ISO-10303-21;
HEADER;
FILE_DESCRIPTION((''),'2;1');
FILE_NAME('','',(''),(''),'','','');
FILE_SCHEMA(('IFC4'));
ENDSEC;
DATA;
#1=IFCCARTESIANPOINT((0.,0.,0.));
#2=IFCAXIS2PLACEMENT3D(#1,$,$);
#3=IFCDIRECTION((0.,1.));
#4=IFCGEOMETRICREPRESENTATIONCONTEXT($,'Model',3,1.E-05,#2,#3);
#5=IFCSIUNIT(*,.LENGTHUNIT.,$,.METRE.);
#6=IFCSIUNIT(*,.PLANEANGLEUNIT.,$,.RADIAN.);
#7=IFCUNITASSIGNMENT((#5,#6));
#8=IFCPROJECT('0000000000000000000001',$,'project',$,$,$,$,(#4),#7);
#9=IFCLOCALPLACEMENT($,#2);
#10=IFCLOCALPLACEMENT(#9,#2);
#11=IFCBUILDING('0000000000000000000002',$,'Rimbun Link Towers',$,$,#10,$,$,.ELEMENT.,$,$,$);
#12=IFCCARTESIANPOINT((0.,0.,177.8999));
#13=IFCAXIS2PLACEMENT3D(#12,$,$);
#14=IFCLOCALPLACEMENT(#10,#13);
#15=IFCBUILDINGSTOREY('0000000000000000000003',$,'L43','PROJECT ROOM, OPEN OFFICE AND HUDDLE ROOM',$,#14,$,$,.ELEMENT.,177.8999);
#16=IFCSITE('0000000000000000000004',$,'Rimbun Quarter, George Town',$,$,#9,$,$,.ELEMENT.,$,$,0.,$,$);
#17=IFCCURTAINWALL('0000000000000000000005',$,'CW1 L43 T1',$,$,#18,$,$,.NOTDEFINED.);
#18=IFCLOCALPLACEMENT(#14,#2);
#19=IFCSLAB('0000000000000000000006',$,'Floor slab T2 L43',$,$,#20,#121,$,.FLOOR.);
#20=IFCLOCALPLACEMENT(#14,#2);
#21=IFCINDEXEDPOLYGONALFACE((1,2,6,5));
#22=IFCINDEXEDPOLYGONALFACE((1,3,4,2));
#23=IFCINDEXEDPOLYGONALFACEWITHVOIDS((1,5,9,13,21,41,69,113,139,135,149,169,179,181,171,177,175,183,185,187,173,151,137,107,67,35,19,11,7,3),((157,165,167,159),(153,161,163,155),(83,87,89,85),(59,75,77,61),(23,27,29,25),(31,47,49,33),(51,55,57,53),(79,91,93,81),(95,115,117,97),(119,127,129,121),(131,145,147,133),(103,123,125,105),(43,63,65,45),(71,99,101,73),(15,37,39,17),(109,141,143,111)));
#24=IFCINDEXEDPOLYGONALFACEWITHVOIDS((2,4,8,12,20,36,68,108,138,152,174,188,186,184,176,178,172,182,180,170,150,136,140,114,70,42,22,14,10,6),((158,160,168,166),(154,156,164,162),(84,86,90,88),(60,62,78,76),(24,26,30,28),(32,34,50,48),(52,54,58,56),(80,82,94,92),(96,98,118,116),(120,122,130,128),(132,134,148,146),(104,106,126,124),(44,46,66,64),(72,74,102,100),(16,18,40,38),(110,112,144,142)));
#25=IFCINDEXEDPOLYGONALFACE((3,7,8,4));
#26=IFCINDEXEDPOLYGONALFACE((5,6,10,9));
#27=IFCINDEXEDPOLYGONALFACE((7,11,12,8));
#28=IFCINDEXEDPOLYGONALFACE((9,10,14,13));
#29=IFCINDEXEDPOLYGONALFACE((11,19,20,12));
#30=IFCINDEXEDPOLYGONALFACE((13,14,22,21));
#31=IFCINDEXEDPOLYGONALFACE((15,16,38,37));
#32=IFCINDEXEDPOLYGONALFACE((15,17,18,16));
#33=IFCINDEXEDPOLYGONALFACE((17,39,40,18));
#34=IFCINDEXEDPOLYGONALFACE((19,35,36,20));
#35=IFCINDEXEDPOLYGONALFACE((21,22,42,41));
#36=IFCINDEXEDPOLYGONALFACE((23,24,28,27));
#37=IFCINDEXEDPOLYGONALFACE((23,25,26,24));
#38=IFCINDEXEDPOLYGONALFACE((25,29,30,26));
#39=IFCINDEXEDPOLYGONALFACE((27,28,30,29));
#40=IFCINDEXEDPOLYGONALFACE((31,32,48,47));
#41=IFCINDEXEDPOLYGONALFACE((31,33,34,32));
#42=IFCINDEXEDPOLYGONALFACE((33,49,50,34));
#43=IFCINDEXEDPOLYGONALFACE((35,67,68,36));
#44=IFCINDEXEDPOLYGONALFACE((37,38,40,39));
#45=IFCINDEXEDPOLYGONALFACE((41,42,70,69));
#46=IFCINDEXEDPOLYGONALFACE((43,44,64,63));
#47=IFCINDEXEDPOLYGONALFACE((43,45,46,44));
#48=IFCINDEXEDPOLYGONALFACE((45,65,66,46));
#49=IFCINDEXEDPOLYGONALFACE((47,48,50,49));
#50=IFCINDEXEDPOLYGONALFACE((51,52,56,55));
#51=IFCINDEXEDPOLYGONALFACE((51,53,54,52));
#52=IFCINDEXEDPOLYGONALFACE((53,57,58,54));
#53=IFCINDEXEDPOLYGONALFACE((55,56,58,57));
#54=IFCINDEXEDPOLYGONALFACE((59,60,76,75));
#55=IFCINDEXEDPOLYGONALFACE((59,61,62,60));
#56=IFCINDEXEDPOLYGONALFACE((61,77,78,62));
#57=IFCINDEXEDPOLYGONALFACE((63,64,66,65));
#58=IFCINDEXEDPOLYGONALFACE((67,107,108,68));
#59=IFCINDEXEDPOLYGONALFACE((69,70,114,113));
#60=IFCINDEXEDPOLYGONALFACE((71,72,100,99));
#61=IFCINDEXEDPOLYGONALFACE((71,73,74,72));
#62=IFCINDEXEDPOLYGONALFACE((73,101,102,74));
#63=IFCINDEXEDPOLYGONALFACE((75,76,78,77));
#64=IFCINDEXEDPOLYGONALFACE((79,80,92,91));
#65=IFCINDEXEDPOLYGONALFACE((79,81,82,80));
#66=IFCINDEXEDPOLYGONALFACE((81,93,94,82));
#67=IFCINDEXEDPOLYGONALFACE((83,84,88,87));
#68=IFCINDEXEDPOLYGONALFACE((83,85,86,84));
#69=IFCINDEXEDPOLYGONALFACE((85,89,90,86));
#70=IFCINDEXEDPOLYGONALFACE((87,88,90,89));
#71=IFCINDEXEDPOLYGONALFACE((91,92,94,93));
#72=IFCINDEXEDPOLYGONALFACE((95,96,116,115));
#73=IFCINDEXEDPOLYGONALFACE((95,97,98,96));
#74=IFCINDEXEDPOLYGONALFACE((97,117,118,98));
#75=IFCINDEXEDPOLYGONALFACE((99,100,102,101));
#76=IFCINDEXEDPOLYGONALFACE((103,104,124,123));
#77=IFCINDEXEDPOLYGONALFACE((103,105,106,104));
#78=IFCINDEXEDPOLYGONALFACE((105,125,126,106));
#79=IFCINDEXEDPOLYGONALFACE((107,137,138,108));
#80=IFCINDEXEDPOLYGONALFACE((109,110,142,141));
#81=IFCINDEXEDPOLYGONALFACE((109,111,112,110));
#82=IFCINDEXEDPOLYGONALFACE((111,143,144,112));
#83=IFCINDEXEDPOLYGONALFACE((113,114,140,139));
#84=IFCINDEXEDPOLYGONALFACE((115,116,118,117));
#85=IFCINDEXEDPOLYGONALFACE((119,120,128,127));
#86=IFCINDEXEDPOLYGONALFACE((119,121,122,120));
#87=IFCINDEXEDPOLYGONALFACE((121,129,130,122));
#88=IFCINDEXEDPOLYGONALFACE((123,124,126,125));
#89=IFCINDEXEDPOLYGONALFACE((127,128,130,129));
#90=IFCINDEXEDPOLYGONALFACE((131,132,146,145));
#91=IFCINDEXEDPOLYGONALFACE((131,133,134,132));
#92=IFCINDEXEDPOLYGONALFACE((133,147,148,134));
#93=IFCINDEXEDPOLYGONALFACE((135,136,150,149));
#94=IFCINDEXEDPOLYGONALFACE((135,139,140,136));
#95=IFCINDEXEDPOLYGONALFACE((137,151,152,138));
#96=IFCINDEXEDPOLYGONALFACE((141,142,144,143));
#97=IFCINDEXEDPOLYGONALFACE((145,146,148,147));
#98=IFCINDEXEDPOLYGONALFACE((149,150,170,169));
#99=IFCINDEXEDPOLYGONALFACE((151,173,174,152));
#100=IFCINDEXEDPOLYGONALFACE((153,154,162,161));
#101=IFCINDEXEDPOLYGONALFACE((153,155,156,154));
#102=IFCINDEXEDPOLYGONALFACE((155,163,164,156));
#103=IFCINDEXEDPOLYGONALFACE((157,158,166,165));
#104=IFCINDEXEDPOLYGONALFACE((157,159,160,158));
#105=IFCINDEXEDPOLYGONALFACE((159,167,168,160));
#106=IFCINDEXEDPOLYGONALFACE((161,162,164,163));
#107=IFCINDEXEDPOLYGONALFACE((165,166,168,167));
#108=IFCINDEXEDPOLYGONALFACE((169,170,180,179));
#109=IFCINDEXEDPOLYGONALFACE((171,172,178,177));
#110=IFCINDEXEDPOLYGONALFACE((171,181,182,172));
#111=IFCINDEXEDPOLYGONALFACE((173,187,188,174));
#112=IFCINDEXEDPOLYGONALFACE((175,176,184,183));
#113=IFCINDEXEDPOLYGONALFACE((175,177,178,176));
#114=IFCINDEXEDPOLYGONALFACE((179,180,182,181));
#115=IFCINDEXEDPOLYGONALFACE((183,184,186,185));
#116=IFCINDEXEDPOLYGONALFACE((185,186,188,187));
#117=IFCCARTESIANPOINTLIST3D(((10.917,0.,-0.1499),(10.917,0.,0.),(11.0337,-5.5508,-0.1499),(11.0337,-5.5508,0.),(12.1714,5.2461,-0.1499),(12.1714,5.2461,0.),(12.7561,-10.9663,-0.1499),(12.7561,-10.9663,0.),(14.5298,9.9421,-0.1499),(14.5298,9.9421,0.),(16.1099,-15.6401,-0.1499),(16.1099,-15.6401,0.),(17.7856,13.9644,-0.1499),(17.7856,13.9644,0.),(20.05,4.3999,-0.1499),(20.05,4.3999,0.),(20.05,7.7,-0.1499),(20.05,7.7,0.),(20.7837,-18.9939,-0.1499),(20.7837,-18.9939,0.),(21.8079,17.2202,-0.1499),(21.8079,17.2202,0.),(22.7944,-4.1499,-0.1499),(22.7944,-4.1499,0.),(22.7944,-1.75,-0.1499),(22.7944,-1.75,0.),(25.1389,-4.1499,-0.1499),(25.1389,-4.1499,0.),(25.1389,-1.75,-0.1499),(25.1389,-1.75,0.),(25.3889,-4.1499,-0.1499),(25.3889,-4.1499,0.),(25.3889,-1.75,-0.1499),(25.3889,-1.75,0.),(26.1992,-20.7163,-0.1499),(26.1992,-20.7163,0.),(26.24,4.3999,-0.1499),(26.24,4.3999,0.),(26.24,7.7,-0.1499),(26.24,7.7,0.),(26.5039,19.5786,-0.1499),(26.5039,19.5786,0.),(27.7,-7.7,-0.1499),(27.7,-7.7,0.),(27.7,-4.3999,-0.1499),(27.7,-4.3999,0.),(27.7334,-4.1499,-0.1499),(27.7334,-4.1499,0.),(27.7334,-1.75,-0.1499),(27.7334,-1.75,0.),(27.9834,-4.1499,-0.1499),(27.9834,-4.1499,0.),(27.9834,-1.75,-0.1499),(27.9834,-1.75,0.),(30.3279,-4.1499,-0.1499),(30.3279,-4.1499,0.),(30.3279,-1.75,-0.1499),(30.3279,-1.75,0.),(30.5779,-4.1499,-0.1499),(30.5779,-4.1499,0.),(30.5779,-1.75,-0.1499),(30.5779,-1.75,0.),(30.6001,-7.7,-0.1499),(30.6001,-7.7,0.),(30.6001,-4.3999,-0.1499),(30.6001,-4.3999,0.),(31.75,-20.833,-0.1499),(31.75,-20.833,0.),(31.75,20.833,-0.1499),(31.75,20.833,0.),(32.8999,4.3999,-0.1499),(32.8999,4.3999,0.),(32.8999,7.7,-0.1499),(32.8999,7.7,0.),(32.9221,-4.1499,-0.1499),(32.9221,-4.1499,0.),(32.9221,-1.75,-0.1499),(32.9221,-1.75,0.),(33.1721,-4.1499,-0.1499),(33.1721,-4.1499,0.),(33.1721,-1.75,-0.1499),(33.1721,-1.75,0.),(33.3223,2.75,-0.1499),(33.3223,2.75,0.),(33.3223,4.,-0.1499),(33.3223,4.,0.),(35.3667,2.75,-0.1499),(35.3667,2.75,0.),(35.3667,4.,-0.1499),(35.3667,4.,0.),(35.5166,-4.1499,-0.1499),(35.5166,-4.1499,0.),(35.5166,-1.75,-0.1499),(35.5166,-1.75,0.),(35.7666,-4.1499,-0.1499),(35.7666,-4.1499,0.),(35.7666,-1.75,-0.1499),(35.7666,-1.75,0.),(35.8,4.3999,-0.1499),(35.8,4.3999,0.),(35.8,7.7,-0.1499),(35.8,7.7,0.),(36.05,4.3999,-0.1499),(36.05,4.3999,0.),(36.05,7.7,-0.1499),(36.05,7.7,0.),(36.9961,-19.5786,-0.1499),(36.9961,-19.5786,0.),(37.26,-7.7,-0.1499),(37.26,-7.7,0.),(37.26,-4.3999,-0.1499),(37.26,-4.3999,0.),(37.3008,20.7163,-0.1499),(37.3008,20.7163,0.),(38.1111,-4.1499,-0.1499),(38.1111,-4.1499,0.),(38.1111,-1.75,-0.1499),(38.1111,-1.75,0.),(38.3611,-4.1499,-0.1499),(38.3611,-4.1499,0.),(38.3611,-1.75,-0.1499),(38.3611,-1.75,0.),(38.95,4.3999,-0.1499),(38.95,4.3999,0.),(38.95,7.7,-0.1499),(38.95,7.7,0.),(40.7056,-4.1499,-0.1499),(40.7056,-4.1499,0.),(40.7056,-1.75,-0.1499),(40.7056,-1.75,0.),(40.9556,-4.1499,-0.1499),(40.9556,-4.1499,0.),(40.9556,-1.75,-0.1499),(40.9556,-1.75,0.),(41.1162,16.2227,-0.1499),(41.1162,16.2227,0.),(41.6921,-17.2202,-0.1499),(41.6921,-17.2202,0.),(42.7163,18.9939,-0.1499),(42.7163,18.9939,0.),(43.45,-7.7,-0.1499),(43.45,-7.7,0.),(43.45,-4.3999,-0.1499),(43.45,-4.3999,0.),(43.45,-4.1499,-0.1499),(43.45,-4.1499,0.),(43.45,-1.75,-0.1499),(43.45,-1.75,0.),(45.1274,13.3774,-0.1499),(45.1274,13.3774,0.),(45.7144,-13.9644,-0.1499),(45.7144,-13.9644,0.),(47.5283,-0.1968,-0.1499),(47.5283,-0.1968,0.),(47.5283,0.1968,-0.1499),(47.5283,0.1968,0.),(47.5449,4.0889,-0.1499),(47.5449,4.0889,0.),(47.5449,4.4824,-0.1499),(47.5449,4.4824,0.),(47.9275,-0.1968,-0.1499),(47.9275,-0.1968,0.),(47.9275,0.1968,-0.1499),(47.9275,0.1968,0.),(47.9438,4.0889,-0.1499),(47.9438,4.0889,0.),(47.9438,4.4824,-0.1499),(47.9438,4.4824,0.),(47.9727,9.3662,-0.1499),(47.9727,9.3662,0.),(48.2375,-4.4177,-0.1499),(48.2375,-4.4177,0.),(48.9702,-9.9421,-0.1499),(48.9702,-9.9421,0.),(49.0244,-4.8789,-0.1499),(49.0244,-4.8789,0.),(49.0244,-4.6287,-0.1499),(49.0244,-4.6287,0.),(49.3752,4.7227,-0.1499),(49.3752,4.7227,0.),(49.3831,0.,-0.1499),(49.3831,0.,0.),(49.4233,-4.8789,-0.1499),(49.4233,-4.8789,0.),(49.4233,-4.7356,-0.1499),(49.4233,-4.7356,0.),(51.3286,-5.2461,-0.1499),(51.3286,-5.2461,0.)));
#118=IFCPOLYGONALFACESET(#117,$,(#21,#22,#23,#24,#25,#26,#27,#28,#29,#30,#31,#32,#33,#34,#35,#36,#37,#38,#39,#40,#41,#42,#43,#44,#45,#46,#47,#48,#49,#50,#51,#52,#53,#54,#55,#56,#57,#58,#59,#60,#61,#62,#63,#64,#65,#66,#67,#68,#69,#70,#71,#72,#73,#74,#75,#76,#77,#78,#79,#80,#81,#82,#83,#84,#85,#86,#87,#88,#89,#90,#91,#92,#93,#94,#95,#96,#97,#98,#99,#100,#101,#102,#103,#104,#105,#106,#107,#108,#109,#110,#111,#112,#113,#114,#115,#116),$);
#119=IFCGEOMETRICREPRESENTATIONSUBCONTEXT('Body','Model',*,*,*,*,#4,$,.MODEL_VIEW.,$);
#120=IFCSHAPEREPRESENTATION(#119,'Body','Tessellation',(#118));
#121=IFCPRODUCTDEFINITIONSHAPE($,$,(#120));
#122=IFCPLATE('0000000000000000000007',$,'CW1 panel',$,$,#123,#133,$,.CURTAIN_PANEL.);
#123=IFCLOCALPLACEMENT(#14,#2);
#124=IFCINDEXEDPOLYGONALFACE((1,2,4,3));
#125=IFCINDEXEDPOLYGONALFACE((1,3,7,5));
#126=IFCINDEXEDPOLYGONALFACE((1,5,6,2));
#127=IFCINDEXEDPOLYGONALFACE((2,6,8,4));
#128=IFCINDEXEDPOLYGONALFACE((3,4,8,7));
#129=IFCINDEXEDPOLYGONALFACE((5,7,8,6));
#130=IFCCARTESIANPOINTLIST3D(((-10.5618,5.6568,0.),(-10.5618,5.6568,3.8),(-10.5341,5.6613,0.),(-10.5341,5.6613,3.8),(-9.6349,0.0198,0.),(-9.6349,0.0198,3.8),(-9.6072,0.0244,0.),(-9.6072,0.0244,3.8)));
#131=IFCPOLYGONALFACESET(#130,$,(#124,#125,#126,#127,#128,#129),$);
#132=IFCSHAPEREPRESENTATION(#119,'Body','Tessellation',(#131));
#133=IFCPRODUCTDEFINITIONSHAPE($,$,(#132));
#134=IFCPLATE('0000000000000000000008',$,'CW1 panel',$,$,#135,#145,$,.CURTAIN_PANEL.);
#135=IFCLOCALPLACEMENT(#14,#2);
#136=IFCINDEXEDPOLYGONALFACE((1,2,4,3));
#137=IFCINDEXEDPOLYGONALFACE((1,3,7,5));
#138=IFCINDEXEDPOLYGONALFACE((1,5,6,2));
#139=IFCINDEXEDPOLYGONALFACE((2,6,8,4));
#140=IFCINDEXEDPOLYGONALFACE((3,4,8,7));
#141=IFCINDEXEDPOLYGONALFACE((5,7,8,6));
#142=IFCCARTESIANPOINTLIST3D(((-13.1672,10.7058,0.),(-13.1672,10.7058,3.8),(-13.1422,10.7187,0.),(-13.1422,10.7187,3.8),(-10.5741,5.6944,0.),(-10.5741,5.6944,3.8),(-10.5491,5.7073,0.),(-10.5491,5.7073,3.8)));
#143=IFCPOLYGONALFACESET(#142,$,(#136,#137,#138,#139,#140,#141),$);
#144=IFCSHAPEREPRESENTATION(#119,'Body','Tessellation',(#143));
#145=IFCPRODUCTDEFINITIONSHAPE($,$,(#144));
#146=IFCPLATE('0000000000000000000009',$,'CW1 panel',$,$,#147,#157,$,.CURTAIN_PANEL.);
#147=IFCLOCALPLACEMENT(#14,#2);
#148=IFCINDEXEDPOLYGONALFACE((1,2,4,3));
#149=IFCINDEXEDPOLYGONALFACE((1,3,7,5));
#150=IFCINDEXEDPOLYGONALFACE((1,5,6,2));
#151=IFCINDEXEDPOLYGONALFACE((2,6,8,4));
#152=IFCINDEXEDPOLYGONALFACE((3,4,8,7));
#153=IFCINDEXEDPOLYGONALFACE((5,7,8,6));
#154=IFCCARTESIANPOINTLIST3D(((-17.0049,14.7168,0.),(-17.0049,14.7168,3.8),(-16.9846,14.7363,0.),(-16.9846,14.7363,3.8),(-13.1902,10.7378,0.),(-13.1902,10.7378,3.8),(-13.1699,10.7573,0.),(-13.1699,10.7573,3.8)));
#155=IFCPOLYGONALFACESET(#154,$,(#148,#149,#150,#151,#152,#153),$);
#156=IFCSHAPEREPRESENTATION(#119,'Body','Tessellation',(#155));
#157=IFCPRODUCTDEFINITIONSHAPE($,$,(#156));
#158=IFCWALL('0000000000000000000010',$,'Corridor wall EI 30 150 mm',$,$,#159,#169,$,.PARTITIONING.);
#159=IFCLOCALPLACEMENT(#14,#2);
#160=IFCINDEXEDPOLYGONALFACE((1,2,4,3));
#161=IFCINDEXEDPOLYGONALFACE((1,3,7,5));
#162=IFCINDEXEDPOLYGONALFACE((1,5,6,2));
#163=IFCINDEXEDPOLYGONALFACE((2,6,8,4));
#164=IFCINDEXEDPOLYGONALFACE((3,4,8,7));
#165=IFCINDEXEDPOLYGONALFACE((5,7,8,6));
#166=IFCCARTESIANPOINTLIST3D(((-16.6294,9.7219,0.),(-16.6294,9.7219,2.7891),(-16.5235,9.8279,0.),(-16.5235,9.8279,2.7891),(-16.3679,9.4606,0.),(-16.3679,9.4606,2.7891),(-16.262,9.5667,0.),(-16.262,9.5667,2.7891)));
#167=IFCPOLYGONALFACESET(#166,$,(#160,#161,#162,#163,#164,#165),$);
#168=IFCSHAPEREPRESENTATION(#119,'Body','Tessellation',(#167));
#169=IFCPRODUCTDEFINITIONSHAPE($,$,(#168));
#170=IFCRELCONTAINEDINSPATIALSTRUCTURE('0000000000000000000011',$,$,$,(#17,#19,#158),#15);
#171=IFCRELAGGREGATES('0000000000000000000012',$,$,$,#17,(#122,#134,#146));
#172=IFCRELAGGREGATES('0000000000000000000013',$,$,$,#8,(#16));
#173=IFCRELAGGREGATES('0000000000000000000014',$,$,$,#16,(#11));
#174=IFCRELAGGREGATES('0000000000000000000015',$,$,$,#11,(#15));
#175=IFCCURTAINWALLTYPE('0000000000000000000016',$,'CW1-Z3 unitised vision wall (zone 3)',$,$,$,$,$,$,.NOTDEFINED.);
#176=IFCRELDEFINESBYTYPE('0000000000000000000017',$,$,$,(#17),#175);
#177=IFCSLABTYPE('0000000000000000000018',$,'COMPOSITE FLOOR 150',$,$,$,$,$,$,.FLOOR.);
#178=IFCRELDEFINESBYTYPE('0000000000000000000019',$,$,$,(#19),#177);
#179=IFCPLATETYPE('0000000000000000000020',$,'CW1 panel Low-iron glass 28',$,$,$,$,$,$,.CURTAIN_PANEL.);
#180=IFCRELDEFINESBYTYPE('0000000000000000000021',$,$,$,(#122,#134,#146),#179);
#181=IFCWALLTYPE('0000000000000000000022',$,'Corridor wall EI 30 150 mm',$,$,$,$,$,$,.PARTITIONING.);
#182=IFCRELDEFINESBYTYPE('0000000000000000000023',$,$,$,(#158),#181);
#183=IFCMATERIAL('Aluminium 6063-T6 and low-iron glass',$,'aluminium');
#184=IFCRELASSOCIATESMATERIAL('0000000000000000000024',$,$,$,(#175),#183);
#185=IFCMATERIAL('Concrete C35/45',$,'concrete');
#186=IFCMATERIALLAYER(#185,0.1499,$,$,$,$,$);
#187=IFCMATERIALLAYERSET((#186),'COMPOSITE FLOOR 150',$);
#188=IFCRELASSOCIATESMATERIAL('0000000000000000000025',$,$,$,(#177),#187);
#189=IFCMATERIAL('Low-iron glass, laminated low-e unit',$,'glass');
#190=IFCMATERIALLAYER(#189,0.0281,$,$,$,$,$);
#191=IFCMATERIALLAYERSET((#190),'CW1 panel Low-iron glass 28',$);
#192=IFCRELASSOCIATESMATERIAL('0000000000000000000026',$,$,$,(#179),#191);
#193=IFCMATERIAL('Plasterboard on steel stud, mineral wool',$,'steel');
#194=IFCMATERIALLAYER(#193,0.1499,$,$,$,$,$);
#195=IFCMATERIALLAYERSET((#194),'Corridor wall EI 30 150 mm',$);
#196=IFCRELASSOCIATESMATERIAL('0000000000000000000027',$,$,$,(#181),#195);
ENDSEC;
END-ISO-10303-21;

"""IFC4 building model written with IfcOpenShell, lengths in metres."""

from ifc_helpers import new_model, si_unit, direction, frame, frame_2d, origin, origin_2d, place, context, subcontext, project, spatial, polyline, rectangle, outline, extrude, material, layer, layer_set, type_object, element, aggregate, save


model = new_model("IFC4")

# Units and contexts
model_context = context("Model", 3, precision=1e-05, world=origin(), true_north=direction((0.0, 1.0)))
body_context = subcontext(model_context, "Body", "Model", "MODEL_VIEW")
ifc_project = project(units=[si_unit("LENGTHUNIT", "METRE"), si_unit("PLANEANGLEUNIT", "RADIAN")], contexts=[model_context])

# Site, building, storey
site_placement = place(None, origin())
site = spatial("IfcSite", under=ifc_project, at=site_placement, Name="Rimbun Quarter, George Town", CompositionType="ELEMENT", RefElevation=0.0)
building_placement = place(site_placement, origin())
building = spatial("IfcBuilding", under=site, at=building_placement, Name="Rimbun Link Towers", CompositionType="ELEMENT")
storey_placement = place(building_placement, frame((0.0, 0.0, 177.8999)))
storey = spatial("IfcBuildingStorey", under=building, at=storey_placement, Name="L43", Description="PROJECT ROOM, OPEN OFFICE AND HUDDLE ROOM", CompositionType="ELEMENT", Elevation=177.8999)

# Curtain wall
ifc_material_1 = material(Name="Aluminium 6063-T6 and low-iron glass", Category="aluminium")
curtain_wall_type = type_object("IfcCurtainWallType", Name="CW1-Z3 unitised vision wall (zone 3)", PredefinedType="NOTDEFINED", material=ifc_material_1)
curtain_wall_placement = place(storey_placement, origin())
curtain_wall = element("IfcCurtainWall", 1, at=curtain_wall_placement, inside=storey, type_object=curtain_wall_type, Name="CW1 L43 T1", PredefinedType="NOTDEFINED")

# Slab
ifc_material_2 = material(Name="Concrete C35/45", Category="concrete")
ifc_layer_1 = layer(ifc_material_2, 0.1499)
ifc_layer_set_1 = layer_set([ifc_layer_1], Name="COMPOSITE FLOOR 150")
slab_type = type_object("IfcSlabType", Name="COMPOSITE FLOOR 150", PredefinedType="FLOOR", material=ifc_layer_set_1)
slab_1_placement = place(storey_placement, frame((0.0, 0.0, -0.1499)))
element("IfcSlab", 2, at=slab_1_placement, inside=storey, type_object=slab_type, Name="Floor slab T2 L43", PredefinedType="FLOOR", context=body_context, shape_type="SweptSolid", body=[
    extrude(outline(polyline([(51.3286, -5.2461), (48.9702, -9.9421), (45.7144, -13.9644), (41.6921, -17.2202), (36.9961, -19.5786), (31.75, -20.833), (26.1992, -20.7163), (20.7837, -18.9939), (16.1099, -15.6401), (12.7561, -10.9663), (11.0337, -5.5508), (10.917, 0.0), (12.1714, 5.2461), (14.5298, 9.9421), (17.7856, 13.9644), (21.8079, 17.2202), (26.5039, 19.5786), (31.75, 20.833), (37.3008, 20.7163), (42.7163, 18.9939), (41.1162, 16.2227), (45.1274, 13.3774), (47.9727, 9.3662), (49.3752, 4.7227), (49.3831, 0.0), (48.2375, -4.4177), (49.0244, -4.6287), (49.0244, -4.8789), (49.4233, -4.8789), (49.4233, -4.7356), (51.3286, -5.2461)]), holes=[polyline([(30.6001, -7.7), (30.6001, -4.3999), (27.7, -4.3999), (27.7, -7.7), (30.6001, -7.7)]), polyline([(25.1389, -4.1499), (25.1389, -1.75), (22.7944, -1.75), (22.7944, -4.1499), (25.1389, -4.1499)]), polyline([(27.7334, -4.1499), (27.7334, -1.75), (25.3889, -1.75), (25.3889, -4.1499), (27.7334, -4.1499)]), polyline([(30.3279, -4.1499), (30.3279, -1.75), (27.9834, -1.75), (27.9834, -4.1499), (30.3279, -4.1499)]), polyline([(32.9221, -4.1499), (32.9221, -1.75), (30.5779, -1.75), (30.5779, -4.1499), (32.9221, -4.1499)]), polyline([(35.5166, -4.1499), (35.5166, -1.75), (33.1721, -1.75), (33.1721, -4.1499), (35.5166, -4.1499)]), polyline([(33.3223, 2.75), (35.3667, 2.75), (35.3667, 4.0), (33.3223, 4.0), (33.3223, 2.75)]), polyline([(26.24, 4.3999), (26.24, 7.7), (20.05, 7.7), (20.05, 4.3999), (26.24, 4.3999)]), polyline([(35.8, 4.3999), (35.8, 7.7), (32.8999, 7.7), (32.8999, 4.3999), (35.8, 4.3999)]), polyline([(43.45, -7.7), (43.45, -4.3999), (37.26, -4.3999), (37.26, -7.7), (43.45, -7.7)]), polyline([(38.1111, -4.1499), (38.1111, -1.75), (35.7666, -1.75), (35.7666, -4.1499), (38.1111, -4.1499)]), polyline([(40.7056, -4.1499), (40.7056, -1.75), (38.3611, -1.75), (38.3611, -4.1499), (40.7056, -4.1499)]), polyline([(43.45, -4.1499), (43.45, -1.75), (40.9556, -1.75), (40.9556, -4.1499), (43.45, -4.1499)]), polyline([(47.9275, -0.1968), (47.9275, 0.1968), (47.5283, 0.1968), (47.5283, -0.1968), (47.9275, -0.1968)]), polyline([(47.5449, 4.0889), (47.9438, 4.0889), (47.9438, 4.4824), (47.5449, 4.4824), (47.5449, 4.0889)]), polyline([(36.05, 4.3999), (38.95, 4.3999), (38.95, 7.7), (36.05, 7.7), (36.05, 4.3999)])]), origin(), (0.0, 0.0, 1.0), 0.1499),
])

# Plates
ifc_material_3 = material(Name="Low-iron glass, laminated low-e unit", Category="glass")
ifc_layer_2 = layer(ifc_material_3, 0.0281)
ifc_layer_set_2 = layer_set([ifc_layer_2], Name="CW1 panel Low-iron glass 28")
plate_type = type_object("IfcPlateType", Name="CW1 panel Low-iron glass 28", PredefinedType="CURTAIN_PANEL", material=ifc_layer_set_2)
plate_1_placement = place(storey_placement, frame((-10.0845, 2.8406, 0.0), z_axis=(0.0, 0.0, 1.0), x_axis=(0.162253, -0.986749, 0.0)))
plate_1 = element("IfcPlate", 3, at=plate_1_placement, type_object=plate_type, Name="CW1 panel", PredefinedType="CURTAIN_PANEL", context=body_context, shape_type="SweptSolid", body=[
    extrude(rectangle(XDim=5.7126, YDim=0.0281, at=origin_2d()), origin(), (0.0, 0.0, 1.0), 3.8),
])
plate_2_placement = place(storey_placement, frame((-11.8582, 8.2065, 0.0), z_axis=(0.0, 0.0, 1.0), x_axis=(0.459559, -0.888147, 0.0)))
plate_2 = element("IfcPlate", 4, at=plate_2_placement, type_object=plate_type, Name="CW1 panel", PredefinedType="CURTAIN_PANEL", context=body_context, shape_type="SweptSolid", body=[
    extrude(rectangle(XDim=5.6426, YDim=0.0281, at=origin_2d()), origin(), (0.0, 0.0, 1.0), 3.8),
])
plate_3_placement = place(storey_placement, frame((-15.0874, 12.7371, 0.0), z_axis=(0.0, 0.0, 1.0), x_axis=(0.692045, -0.721854, 0.0)))
plate_3 = element("IfcPlate", 5, at=plate_3_placement, type_object=plate_type, Name="CW1 panel", PredefinedType="CURTAIN_PANEL", context=body_context, shape_type="SweptSolid", body=[
    extrude(rectangle(XDim=5.5122, YDim=0.0281, at=origin_2d()), origin(), (0.0, 0.0, 1.0), 3.8),
])
aggregate(curtain_wall, [plate_1, plate_2, plate_3])

# Wall
ifc_material_4 = material(Name="Plasterboard on steel stud, mineral wool", Category="steel")
ifc_layer_3 = layer(ifc_material_4, 0.1499)
ifc_layer_set_3 = layer_set([ifc_layer_3], Name="Corridor wall EI 30 150 mm")
wall_type_1 = type_object("IfcWallType", Name="Corridor wall EI 30 150 mm", PredefinedType="PARTITIONING", material=ifc_layer_set_3)
wall_1_placement = place(storey_placement, frame((-16.3149, 9.5137, 0.0), z_axis=(0.0, 0.0, 1.0), x_axis=(-0.707437, 0.706776, 0.0)))
element("IfcWall", 6, at=wall_1_placement, inside=storey, type_object=wall_type_1, Name="Corridor wall EI 30 150 mm", PredefinedType="PARTITIONING", context=body_context, shape_type="SweptSolid", body=[
    extrude(rectangle(XDim=0.3696, YDim=0.1499, at=frame_2d((0.1848, 0.0))), origin(), (0.0, 0.0, 1.0), 2.7891),
])

save(model, "model.ifc")
